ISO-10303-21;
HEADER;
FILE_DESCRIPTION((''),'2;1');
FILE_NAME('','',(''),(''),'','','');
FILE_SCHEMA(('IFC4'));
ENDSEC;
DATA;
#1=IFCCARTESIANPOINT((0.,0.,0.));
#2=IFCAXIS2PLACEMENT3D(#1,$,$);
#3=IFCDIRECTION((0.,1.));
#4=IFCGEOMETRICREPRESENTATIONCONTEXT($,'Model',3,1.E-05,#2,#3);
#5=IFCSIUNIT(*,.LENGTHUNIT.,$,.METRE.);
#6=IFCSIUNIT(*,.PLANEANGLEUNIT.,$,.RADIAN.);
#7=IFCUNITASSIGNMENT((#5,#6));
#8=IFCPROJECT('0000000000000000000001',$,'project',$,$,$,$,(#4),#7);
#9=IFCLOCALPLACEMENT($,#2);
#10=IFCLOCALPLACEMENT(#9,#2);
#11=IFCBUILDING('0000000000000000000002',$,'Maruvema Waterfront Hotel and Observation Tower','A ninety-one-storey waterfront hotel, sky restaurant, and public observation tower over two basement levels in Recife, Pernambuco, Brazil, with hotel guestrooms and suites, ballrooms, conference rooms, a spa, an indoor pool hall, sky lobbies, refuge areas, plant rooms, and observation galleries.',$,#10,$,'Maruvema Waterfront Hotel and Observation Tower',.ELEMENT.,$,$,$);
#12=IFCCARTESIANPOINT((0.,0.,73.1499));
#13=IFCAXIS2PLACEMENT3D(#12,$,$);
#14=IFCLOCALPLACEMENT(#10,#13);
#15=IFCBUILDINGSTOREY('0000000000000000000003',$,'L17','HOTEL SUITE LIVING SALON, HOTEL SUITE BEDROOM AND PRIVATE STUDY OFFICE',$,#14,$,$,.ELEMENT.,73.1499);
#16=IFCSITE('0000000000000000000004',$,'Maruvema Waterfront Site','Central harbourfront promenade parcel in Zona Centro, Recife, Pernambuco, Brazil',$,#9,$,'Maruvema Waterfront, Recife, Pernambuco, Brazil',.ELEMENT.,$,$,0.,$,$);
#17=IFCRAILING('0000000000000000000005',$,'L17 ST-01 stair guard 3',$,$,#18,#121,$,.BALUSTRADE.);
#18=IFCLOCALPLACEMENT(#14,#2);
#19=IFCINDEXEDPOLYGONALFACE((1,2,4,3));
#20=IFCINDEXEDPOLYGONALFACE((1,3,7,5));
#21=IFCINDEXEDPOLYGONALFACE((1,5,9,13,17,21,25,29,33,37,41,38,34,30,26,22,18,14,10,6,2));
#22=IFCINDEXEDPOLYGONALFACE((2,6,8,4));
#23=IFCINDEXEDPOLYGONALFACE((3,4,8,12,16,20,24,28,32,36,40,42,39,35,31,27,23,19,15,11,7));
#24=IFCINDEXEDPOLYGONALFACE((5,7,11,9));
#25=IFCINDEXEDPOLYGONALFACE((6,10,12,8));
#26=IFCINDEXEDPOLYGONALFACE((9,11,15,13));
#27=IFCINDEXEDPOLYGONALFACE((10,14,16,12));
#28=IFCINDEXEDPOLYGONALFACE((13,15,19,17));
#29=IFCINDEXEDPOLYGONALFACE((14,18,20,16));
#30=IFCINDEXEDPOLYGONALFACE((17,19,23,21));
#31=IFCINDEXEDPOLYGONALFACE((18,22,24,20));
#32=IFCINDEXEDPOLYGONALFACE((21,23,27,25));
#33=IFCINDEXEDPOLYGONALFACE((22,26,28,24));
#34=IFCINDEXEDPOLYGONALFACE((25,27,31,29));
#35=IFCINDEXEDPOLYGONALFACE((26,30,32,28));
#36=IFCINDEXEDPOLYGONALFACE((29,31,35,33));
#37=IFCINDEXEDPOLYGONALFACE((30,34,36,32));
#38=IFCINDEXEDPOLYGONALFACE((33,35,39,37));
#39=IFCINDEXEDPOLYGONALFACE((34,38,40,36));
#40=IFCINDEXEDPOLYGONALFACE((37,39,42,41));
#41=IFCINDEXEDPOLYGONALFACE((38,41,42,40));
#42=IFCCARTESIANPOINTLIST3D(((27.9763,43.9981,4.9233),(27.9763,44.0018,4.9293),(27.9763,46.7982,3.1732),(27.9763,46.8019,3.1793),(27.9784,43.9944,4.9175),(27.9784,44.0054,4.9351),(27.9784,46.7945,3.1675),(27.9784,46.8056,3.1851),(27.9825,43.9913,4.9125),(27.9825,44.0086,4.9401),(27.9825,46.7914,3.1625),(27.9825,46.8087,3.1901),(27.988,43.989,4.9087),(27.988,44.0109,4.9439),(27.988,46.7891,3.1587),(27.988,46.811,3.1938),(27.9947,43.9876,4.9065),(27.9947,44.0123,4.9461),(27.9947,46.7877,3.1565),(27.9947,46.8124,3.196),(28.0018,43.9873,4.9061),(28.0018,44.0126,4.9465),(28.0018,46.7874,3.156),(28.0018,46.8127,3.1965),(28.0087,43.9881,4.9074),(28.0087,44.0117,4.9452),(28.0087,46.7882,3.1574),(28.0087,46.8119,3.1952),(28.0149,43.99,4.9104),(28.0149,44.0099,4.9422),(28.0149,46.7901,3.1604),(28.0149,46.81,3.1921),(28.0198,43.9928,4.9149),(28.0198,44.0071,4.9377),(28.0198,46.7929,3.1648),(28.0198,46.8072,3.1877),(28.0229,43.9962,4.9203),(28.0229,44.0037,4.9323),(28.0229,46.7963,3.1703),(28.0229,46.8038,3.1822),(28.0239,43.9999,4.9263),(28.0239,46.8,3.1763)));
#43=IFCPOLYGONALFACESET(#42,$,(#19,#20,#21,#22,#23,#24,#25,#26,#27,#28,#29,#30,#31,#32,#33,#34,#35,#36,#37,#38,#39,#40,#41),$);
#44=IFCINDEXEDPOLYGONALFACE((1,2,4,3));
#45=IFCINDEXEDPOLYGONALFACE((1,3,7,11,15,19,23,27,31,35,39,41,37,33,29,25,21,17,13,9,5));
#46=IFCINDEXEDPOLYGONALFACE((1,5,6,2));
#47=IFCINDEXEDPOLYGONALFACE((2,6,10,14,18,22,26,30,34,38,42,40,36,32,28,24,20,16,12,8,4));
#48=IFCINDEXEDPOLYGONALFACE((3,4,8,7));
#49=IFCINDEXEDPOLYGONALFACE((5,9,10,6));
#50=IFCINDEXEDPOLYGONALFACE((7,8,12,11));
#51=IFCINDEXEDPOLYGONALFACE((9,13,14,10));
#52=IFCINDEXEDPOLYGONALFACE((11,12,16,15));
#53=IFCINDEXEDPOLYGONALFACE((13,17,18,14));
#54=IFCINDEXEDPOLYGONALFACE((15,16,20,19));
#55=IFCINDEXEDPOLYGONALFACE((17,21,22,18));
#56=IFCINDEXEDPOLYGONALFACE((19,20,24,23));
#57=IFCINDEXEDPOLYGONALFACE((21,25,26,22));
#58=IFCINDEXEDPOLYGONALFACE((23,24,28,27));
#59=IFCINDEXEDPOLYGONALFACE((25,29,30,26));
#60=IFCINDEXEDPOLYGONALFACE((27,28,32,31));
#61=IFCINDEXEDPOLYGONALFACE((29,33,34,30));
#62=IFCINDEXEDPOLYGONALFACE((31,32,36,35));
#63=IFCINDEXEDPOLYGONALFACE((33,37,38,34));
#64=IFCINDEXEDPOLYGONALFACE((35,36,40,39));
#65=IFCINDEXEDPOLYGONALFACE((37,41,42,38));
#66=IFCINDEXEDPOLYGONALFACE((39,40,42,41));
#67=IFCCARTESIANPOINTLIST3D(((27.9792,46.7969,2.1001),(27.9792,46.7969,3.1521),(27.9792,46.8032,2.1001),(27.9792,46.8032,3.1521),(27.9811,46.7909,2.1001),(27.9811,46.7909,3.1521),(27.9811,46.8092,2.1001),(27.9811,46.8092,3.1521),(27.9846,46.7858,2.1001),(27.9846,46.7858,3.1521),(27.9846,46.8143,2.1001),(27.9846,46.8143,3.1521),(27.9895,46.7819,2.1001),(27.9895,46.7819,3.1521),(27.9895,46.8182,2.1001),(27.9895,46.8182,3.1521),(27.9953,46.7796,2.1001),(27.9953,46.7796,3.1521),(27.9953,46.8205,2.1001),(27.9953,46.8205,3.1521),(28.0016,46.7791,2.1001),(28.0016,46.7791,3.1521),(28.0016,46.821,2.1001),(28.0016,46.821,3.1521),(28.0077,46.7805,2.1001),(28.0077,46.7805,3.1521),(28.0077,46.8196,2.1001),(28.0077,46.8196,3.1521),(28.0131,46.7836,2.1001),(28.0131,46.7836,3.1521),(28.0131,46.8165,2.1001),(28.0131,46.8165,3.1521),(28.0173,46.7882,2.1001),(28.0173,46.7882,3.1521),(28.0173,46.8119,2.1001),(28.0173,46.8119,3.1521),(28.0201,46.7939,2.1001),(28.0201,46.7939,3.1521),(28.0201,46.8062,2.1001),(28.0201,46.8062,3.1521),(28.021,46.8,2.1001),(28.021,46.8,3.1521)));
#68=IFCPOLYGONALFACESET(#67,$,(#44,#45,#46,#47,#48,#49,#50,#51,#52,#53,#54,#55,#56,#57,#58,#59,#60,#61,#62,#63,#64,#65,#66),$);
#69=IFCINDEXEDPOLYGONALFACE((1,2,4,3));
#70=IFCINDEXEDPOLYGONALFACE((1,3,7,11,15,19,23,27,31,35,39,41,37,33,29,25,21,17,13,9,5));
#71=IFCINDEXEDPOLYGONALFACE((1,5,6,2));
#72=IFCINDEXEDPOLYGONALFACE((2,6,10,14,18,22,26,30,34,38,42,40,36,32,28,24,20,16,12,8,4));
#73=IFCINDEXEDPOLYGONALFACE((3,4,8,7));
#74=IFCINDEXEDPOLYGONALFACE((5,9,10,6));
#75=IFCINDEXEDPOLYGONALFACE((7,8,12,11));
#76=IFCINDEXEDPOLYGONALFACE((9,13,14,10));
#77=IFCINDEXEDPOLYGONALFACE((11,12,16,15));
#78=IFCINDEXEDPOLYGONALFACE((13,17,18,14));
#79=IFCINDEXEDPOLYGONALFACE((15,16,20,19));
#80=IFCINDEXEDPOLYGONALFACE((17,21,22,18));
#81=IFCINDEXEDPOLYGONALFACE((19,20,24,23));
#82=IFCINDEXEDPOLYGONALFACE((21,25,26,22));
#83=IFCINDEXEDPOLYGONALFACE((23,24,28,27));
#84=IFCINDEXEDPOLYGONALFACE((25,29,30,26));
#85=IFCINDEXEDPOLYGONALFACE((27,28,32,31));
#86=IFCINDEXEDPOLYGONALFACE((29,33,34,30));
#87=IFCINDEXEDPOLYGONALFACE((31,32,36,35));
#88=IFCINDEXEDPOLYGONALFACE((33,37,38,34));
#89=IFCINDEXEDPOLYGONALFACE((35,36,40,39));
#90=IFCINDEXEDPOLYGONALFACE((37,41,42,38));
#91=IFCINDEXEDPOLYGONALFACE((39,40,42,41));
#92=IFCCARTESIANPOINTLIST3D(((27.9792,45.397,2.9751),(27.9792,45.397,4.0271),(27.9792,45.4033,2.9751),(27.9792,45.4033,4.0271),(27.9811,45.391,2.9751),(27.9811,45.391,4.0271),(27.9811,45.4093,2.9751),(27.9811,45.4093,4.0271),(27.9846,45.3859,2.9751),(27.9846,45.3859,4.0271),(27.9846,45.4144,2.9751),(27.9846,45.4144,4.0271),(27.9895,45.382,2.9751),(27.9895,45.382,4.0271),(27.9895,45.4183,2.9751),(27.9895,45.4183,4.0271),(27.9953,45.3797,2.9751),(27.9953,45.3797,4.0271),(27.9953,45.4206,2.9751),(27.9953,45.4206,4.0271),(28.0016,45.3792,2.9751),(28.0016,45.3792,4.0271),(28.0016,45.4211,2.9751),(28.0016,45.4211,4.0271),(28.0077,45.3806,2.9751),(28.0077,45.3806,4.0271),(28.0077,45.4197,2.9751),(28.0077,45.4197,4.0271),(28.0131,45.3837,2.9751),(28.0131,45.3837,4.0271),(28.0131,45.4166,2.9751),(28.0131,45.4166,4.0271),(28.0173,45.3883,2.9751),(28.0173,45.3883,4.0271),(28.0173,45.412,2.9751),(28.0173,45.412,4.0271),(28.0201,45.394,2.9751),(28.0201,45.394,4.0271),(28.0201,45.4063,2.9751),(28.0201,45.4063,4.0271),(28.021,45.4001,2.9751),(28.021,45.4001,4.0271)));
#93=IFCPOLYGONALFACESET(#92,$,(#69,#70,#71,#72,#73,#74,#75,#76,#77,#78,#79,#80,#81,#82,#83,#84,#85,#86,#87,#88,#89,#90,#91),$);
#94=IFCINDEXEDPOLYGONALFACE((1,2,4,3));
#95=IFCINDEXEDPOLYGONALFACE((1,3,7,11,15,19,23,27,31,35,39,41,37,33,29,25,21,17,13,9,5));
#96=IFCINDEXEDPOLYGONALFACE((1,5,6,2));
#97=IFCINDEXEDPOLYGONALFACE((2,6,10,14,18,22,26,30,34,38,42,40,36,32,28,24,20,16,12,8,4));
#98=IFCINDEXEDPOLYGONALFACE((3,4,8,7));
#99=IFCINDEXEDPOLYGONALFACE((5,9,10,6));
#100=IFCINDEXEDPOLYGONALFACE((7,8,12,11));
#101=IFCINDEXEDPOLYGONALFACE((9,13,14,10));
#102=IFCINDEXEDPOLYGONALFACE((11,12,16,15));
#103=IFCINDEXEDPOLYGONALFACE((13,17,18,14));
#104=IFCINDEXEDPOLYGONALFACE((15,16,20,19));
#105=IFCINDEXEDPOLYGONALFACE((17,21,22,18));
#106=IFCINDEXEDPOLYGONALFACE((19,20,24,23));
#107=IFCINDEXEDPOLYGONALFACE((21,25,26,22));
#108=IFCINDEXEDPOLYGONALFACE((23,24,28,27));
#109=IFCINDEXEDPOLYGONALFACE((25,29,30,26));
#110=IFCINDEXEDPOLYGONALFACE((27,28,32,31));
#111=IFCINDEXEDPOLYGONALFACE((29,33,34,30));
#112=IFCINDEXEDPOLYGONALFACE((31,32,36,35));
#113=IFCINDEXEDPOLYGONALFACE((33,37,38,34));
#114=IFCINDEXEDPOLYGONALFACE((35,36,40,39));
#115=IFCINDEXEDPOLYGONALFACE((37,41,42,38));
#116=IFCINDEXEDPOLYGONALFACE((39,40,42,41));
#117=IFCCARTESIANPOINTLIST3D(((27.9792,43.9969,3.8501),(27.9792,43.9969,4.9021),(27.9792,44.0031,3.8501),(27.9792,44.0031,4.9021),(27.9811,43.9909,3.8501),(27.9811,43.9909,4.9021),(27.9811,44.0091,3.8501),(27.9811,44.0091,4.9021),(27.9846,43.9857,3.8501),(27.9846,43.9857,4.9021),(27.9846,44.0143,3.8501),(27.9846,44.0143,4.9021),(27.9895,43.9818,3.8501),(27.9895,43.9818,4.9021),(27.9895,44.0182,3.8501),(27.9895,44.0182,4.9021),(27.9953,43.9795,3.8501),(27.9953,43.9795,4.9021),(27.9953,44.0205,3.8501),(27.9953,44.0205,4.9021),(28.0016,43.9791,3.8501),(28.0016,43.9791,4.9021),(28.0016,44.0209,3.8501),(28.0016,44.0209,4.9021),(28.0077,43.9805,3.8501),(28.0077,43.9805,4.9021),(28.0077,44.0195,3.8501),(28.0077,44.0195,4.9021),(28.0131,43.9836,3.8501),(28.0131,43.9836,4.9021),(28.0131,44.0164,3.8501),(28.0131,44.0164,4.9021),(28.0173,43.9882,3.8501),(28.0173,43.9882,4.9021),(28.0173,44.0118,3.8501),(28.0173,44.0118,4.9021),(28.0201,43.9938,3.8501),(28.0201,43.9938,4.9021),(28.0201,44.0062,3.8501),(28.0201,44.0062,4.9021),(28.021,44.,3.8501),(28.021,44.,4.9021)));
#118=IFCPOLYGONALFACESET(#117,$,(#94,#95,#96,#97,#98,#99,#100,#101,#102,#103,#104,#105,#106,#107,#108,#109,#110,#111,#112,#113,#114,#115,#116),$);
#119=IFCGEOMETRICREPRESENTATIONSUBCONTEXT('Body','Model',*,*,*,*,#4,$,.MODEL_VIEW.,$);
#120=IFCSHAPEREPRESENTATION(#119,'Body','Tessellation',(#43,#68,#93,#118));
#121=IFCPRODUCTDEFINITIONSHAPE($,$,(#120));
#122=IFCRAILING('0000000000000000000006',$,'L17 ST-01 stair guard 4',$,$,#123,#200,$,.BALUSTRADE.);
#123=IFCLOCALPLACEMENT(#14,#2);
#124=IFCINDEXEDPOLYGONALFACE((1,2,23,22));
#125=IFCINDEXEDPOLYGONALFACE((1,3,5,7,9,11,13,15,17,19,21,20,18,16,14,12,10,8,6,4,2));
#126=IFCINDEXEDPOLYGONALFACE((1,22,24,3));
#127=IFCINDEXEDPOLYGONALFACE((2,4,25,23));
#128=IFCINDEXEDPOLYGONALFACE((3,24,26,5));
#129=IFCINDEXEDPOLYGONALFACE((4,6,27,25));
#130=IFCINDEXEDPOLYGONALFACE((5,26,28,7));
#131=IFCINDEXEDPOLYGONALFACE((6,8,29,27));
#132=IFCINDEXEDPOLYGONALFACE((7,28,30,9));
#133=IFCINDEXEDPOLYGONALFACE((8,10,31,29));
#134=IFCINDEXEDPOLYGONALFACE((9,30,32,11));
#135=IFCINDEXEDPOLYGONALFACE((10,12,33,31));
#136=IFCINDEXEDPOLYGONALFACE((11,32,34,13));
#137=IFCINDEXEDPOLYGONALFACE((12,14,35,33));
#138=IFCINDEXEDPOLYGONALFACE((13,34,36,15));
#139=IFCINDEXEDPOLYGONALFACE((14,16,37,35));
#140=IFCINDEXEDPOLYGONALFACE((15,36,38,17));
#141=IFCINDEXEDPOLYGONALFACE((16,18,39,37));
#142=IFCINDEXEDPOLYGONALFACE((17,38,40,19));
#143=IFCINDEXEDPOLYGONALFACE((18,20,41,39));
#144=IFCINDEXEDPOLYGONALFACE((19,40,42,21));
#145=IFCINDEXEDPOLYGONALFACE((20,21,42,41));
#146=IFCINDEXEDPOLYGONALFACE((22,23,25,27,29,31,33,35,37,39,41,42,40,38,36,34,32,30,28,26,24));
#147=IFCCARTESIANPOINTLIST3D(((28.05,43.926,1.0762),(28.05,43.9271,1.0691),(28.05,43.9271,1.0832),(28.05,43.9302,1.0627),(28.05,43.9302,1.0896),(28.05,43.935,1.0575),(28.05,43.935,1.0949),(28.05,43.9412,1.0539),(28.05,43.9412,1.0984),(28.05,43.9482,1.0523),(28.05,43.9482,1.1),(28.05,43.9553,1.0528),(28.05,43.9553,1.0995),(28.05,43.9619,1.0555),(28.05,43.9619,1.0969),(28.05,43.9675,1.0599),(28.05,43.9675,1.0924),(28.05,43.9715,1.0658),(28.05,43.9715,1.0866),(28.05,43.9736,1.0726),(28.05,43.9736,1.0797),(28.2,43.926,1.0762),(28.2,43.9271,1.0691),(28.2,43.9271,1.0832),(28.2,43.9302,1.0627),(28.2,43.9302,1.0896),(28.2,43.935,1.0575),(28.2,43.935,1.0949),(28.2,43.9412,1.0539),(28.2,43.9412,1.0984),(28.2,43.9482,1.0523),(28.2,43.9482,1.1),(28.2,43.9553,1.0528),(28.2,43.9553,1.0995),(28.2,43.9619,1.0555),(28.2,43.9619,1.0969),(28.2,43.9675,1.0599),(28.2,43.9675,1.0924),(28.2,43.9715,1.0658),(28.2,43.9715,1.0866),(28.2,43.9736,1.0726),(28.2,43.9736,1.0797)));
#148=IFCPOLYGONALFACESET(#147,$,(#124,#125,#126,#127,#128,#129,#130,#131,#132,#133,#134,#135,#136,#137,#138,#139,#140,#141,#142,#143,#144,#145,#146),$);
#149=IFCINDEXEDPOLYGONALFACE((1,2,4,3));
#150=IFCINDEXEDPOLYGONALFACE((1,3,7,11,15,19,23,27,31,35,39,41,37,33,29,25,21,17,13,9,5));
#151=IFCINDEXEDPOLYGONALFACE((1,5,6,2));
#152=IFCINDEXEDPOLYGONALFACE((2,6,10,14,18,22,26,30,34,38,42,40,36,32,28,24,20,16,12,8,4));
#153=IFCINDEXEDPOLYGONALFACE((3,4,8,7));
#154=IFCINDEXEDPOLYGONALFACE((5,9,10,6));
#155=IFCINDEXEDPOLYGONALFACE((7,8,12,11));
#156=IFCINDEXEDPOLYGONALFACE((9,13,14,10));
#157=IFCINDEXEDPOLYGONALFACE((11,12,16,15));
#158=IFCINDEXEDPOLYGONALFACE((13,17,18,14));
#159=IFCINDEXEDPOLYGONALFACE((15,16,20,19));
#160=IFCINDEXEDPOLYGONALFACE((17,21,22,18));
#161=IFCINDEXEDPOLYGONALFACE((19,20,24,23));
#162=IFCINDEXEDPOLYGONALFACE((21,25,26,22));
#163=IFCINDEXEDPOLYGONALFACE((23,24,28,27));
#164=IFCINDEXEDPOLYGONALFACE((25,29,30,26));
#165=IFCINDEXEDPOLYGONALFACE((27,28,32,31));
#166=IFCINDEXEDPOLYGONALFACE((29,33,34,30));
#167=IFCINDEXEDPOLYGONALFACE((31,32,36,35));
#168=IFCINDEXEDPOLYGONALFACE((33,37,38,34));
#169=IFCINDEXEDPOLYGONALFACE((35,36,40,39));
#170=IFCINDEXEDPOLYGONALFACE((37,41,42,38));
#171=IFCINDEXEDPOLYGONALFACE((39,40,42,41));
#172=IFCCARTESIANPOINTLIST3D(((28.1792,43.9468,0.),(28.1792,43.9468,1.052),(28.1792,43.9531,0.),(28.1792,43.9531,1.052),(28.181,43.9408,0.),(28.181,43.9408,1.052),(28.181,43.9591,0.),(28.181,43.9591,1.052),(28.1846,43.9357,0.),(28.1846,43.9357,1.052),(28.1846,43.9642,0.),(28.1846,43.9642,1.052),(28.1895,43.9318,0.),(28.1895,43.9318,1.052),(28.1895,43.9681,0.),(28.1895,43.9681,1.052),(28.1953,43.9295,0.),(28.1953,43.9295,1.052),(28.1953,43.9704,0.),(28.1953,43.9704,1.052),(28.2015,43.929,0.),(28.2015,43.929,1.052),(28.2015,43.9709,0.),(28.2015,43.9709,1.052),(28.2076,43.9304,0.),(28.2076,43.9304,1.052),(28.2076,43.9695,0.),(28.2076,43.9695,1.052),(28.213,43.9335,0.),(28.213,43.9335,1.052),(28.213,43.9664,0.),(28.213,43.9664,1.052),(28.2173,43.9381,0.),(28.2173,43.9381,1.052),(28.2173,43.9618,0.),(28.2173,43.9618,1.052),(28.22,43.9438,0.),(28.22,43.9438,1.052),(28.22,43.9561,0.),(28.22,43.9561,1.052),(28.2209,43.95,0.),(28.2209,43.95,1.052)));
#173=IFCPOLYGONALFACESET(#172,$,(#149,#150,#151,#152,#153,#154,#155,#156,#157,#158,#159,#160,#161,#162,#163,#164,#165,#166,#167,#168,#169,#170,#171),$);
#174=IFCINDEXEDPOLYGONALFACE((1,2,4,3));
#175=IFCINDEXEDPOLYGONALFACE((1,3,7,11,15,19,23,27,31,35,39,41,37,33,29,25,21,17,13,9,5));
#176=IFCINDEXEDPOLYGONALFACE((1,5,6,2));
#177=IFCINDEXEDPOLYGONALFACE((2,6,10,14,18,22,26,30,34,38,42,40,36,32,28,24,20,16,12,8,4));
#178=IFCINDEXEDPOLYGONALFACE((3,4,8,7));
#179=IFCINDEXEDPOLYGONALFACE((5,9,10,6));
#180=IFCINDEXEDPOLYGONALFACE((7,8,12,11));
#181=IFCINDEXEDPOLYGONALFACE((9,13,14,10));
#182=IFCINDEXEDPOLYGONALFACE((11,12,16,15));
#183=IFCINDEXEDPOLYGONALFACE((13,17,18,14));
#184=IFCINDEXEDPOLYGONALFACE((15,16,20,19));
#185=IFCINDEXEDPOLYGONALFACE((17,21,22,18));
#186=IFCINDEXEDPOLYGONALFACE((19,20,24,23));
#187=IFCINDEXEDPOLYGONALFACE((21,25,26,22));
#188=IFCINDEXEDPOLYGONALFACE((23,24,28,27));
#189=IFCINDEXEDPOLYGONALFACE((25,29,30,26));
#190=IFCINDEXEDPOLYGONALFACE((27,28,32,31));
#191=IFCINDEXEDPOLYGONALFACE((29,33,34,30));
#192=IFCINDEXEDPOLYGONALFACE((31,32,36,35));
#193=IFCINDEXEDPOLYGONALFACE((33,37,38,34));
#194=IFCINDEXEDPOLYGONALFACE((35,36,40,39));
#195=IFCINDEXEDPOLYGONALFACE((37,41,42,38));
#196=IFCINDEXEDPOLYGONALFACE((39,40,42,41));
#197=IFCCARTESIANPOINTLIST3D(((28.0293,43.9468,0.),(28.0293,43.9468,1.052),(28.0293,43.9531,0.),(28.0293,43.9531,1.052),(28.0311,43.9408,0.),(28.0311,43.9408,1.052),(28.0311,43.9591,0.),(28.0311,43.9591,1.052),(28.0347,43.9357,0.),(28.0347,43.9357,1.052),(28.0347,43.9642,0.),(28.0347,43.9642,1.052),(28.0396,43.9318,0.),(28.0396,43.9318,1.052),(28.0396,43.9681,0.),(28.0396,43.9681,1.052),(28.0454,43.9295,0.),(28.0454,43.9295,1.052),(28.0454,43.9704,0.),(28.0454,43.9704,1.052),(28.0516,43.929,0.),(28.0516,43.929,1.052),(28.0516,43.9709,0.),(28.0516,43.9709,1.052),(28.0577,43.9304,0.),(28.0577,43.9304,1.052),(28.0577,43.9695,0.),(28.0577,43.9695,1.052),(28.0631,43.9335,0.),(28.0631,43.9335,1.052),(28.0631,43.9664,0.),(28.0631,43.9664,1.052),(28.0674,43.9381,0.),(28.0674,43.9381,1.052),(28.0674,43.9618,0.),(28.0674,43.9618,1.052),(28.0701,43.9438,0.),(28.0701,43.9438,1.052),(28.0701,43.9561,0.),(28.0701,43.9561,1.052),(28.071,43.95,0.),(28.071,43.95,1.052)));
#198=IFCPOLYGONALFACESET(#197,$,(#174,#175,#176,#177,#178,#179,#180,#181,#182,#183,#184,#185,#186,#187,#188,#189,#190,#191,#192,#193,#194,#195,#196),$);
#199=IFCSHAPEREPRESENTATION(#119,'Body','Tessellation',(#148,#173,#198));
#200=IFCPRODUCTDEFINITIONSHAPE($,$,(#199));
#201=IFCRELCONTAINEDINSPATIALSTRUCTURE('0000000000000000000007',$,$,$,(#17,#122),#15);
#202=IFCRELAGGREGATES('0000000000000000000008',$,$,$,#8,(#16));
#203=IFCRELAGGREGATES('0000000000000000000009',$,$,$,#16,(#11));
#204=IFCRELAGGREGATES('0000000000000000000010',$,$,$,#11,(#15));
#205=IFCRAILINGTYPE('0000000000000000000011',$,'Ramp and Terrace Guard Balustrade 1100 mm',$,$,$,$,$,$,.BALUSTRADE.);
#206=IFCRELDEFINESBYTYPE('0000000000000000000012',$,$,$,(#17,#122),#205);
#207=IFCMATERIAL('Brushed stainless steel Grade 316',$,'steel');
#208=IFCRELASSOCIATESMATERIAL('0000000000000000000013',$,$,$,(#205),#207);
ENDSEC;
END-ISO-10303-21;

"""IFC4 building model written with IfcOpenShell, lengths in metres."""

from ifc_helpers import new_model, si_unit, direction, frame, origin, origin_2d, place, context, subcontext, project, spatial, circle, extrude, material, type_object, element, save


model = new_model("IFC4")

# Units and contexts
model_context = context("Model", 3, precision=1e-05, world=origin(), true_north=direction((0.0, 1.0)))
body_context = subcontext(model_context, "Body", "Model", "MODEL_VIEW")
ifc_project = project(units=[si_unit("LENGTHUNIT", "METRE"), si_unit("PLANEANGLEUNIT", "RADIAN")], contexts=[model_context])

# Site, building, storey
site_placement = place(None, origin())
site = spatial("IfcSite", under=ifc_project, at=site_placement, Name="Maruvema Waterfront Site", Description="Central harbourfront promenade parcel in Zona Centro, Recife, Pernambuco, Brazil", LongName="Maruvema Waterfront, Recife, Pernambuco, Brazil", CompositionType="ELEMENT", RefElevation=0.0)
building_placement = place(site_placement, origin())
building = spatial("IfcBuilding", under=site, at=building_placement, Name="Maruvema Waterfront Hotel and Observation Tower", Description="A ninety-one-storey waterfront hotel, sky restaurant, and public observation tower over two basement levels in Recife, Pernambuco, Brazil, with hotel guestrooms and suites, ballrooms, conference rooms, a spa, an indoor pool hall, sky lobbies, refuge areas, plant rooms, and observation galleries.", LongName="Maruvema Waterfront Hotel and Observation Tower", CompositionType="ELEMENT")
storey_placement = place(building_placement, frame((0.0, 0.0, 73.1499)))
storey = spatial("IfcBuildingStorey", under=building, at=storey_placement, Name="L17", Description="HOTEL SUITE LIVING SALON, HOTEL SUITE BEDROOM AND PRIVATE STUDY OFFICE", CompositionType="ELEMENT", Elevation=73.1499)

# Railings
ifc_material_1 = material(Name="Brushed stainless steel Grade 316", Category="steel")
railing_type_1 = type_object("IfcRailingType", Name="Ramp and Terrace Guard Balustrade 1100 mm", PredefinedType="BALUSTRADE", material=ifc_material_1)
railing_1_placement = place(storey_placement, frame((28.0, 46.8, 2.1001)))
element("IfcRailing", 1, at=railing_1_placement, inside=storey, type_object=railing_type_1, Name="L17 ST-01 stair guard 3", PredefinedType="BALUSTRADE", context=body_context, shape_type="SweptSolid", body=[
    extrude(circle(Radius=0.0239, at=origin_2d()), frame((0.0, 0.0, 1.0762), z_axis=(0.0, -0.848002, 0.529992), x_axis=(1.0, 0.0, 0.0)), (0.0, 0.0, 1.0), 3.302),
    extrude(circle(Radius=0.021, at=origin_2d()), origin(), (0.0, 0.0, 1.0), 1.052),
    extrude(circle(Radius=0.021, at=origin_2d()), frame((0.0, -1.3999, 0.875)), (0.0, 0.0, 1.0), 1.052),
    extrude(circle(Radius=0.021, at=origin_2d()), frame((0.0, -2.8, 1.75)), (0.0, 0.0, 1.0), 1.052),
])
railing_2_placement = place(storey_placement, frame((28.2, 43.95, 0.0)))
element("IfcRailing", 2, at=railing_2_placement, inside=storey, type_object=railing_type_1, Name="L17 ST-01 stair guard 4", PredefinedType="BALUSTRADE", context=body_context, shape_type="SweptSolid", body=[
    extrude(circle(Radius=0.0239, at=origin_2d()), frame((0.0, 0.0, 1.0762), z_axis=(-1.0, 0.0, 0.0), x_axis=(0.0, -1.0, 0.0)), (0.0, 0.0, 1.0), 0.1499),
    extrude(circle(Radius=0.021, at=origin_2d()), origin(), (0.0, 0.0, 1.0), 1.052),
    extrude(circle(Radius=0.021, at=origin_2d()), frame((-0.1499, 0.0, 0.0)), (0.0, 0.0, 1.0), 1.052),
])

save(model, "model.ifc")
